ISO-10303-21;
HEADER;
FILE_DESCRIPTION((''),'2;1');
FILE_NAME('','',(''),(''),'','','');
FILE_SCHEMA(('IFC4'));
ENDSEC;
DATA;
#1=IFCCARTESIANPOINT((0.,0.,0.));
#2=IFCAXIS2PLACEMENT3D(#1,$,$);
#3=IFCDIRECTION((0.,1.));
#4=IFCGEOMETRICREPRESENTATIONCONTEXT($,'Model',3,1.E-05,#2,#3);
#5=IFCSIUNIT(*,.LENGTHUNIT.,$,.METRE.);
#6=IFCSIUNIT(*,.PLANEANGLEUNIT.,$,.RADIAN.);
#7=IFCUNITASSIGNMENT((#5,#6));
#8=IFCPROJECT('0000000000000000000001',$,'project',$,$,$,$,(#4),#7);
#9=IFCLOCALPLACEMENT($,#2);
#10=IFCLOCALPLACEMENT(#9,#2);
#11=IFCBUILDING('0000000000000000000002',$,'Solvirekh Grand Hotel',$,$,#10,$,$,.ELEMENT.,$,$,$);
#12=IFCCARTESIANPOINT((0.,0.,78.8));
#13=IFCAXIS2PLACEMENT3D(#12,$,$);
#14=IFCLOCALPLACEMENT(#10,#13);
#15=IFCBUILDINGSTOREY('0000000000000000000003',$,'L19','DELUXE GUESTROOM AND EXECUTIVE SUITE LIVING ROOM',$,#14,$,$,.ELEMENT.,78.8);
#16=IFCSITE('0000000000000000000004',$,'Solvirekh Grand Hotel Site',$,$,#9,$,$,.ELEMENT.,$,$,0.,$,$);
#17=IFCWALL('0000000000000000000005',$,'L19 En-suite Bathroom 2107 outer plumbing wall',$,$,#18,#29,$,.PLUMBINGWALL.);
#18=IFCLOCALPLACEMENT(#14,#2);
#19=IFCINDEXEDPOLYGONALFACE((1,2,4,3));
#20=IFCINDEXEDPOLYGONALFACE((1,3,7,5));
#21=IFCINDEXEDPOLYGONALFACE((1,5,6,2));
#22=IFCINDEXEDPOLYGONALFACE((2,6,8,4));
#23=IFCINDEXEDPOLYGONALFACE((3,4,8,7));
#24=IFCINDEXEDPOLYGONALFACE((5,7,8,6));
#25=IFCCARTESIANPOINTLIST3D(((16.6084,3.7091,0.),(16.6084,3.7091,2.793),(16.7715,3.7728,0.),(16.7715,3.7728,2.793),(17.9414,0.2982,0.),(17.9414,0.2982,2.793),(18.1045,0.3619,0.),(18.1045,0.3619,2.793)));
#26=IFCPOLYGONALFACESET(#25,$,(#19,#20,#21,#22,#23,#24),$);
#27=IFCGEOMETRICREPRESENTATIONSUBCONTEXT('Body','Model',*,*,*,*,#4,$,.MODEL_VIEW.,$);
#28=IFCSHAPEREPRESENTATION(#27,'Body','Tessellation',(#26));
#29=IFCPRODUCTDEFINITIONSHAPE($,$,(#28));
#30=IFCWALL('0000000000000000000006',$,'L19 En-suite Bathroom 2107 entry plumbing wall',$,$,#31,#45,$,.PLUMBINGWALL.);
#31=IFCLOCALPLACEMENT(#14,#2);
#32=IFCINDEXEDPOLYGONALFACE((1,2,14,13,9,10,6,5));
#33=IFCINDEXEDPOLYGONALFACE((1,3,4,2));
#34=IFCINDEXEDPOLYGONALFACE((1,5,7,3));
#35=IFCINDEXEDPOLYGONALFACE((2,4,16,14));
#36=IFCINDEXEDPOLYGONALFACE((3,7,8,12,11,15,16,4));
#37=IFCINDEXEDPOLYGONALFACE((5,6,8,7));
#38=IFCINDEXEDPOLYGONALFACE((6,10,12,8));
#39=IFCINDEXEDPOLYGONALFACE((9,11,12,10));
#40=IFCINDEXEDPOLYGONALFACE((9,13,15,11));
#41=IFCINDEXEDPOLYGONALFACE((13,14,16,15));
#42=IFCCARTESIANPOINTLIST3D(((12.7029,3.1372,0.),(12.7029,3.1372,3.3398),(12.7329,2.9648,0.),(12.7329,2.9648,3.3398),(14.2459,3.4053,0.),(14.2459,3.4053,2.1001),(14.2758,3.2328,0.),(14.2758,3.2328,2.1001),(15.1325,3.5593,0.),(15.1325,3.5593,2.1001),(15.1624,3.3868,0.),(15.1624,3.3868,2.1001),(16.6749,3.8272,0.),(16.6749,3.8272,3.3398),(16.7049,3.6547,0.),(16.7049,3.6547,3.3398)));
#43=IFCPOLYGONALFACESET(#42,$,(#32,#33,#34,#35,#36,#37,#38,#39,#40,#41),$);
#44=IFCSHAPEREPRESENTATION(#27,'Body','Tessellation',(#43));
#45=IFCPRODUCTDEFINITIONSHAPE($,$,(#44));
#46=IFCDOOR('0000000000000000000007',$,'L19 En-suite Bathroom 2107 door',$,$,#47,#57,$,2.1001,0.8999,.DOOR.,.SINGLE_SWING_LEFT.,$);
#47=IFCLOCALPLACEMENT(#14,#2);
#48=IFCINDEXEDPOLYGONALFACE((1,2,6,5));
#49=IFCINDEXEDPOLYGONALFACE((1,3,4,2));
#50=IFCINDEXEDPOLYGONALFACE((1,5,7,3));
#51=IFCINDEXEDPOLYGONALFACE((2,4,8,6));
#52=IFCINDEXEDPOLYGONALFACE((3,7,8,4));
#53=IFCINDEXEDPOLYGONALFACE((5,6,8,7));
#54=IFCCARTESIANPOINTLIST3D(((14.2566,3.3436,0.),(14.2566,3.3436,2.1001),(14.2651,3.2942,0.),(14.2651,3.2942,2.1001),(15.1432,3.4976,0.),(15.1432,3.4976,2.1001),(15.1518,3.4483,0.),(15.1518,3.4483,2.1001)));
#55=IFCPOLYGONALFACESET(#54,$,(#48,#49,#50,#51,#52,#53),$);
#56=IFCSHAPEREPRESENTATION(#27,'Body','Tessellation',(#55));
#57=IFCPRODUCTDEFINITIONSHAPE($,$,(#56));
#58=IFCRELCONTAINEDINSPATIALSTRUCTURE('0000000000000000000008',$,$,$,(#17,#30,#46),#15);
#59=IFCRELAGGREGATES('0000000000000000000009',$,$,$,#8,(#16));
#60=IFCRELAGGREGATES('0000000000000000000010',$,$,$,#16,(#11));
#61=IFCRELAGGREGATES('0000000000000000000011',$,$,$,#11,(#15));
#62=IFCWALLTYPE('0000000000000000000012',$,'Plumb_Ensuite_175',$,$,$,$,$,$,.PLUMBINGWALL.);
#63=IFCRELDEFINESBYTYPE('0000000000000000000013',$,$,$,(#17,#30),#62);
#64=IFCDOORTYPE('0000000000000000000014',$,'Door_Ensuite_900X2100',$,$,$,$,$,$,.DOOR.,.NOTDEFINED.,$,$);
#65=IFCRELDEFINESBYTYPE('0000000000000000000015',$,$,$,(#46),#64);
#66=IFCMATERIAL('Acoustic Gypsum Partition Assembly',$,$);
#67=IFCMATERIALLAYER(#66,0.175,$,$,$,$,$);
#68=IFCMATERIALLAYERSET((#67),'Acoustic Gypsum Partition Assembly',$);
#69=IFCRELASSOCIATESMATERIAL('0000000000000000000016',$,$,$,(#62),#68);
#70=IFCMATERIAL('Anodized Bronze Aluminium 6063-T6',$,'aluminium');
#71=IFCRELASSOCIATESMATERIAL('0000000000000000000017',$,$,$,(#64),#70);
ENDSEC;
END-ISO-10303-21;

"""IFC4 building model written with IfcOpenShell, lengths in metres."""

from ifc_helpers import new_model, si_unit, direction, frame, frame_2d, origin, place, context, subcontext, project, spatial, rectangle, extrude, material, layer, layer_set, type_object, element, fill, save


model = new_model("IFC4")

# Units and contexts
model_context = context("Model", 3, precision=1e-05, world=origin(), true_north=direction((0.0, 1.0)))
body_context = subcontext(model_context, "Body", "Model", "MODEL_VIEW")
ifc_project = project(units=[si_unit("LENGTHUNIT", "METRE"), si_unit("PLANEANGLEUNIT", "RADIAN")], contexts=[model_context])

# Site, building, storey
site_placement = place(None, origin())
site = spatial("IfcSite", under=ifc_project, at=site_placement, Name="Solvirekh Grand Hotel Site", CompositionType="ELEMENT", RefElevation=0.0)
building_placement = place(site_placement, origin())
building = spatial("IfcBuilding", under=site, at=building_placement, Name="Solvirekh Grand Hotel", CompositionType="ELEMENT")
storey_placement = place(building_placement, frame((0.0, 0.0, 78.8)))
storey = spatial("IfcBuildingStorey", under=building, at=storey_placement, Name="L19", Description="DELUXE GUESTROOM AND EXECUTIVE SUITE LIVING ROOM", CompositionType="ELEMENT", Elevation=78.8)

# Shared definitions
ifc_material_1 = material(Name="Anodized Bronze Aluminium 6063-T6", Category="aluminium")

# Shared definitions
ifc_material_2 = material(Name="Acoustic Gypsum Partition Assembly")

# Wall
ifc_layer_1 = layer(ifc_material_2, 0.175)
ifc_layer_set_1 = layer_set([ifc_layer_1], Name="Acoustic Gypsum Partition Assembly")
wall_type_1 = type_object("IfcWallType", Name="Plumb_Ensuite_175", PredefinedType="PLUMBINGWALL", material=ifc_layer_set_1)
wall_1_placement = place(storey_placement, frame((18.0229, 0.3301, 0.0), z_axis=(0.0, 0.0, 1.0), x_axis=(-0.364, 0.931399, 0.0)))
element("IfcWall", 1, at=wall_1_placement, inside=storey, type_object=wall_type_1, Name="L19 En-suite Bathroom 2107 outer plumbing wall", PredefinedType="PLUMBINGWALL", context=body_context, shape_type="SweptSolid", body=[
    extrude(rectangle(XDim=3.6621, YDim=0.175, at=frame_2d((1.8311, 0.0))), origin(), (0.0, 0.0, 1.0), 2.793),
])

# Wall, opening, door
wall_2_placement = place(storey_placement, frame((12.718, 3.051, 0.0), z_axis=(0.0, 0.0, 1.0), x_axis=(0.985246, 0.171142, 0.0)))
wall_2 = element("IfcWall", 2, at=wall_2_placement, inside=storey, type_object=wall_type_1, Name="L19 En-suite Bathroom 2107 entry plumbing wall", PredefinedType="PLUMBINGWALL", context=body_context, shape_type="SweptSolid", body=[
    extrude(rectangle(XDim=4.0315, YDim=0.175, at=frame_2d((2.0156, 0.0))), origin(), (0.0, 0.0, 1.0), 3.3398),
])
opening_1_placement = place(wall_2_placement, frame((1.5659, 0.0, 0.0)))
opening_1 = element("IfcOpeningElement", 3, at=opening_1_placement, cuts=wall_2, PredefinedType="OPENING", context=body_context, shape_type="SweptSolid", body=[
    extrude(rectangle(XDim=0.8999, YDim=2.1001, at=frame_2d((0.45, 1.05))), frame((0.0, 0.0977, 0.0), z_axis=(0.0, -1.0, 0.0), x_axis=(1.0, 0.0, 0.0)), (0.0, 0.0, 1.0), 0.1951),
])
door_type_1 = type_object("IfcDoorType", Name="Door_Ensuite_900X2100", OperationType="NOTDEFINED", PredefinedType="DOOR", material=ifc_material_1)
door_1_placement = place(opening_1_placement, origin())
door_1 = element("IfcDoor", 4, at=door_1_placement, inside=storey, type_object=door_type_1, Name="L19 En-suite Bathroom 2107 door", OperationType="SINGLE_SWING_LEFT", OverallHeight=2.1001, OverallWidth=0.8999, PredefinedType="DOOR", context=body_context, shape_type="SweptSolid", body=[
    extrude(rectangle(XDim=0.8999, YDim=2.1001, at=frame_2d((0.45, 1.05))), frame((0.0, 0.0249, 0.0), z_axis=(0.0, -1.0, 0.0), x_axis=(1.0, 0.0, 0.0)), (0.0, 0.0, 1.0), 0.05),
])
fill(opening_1, door_1)

save(model, "model.ifc")
